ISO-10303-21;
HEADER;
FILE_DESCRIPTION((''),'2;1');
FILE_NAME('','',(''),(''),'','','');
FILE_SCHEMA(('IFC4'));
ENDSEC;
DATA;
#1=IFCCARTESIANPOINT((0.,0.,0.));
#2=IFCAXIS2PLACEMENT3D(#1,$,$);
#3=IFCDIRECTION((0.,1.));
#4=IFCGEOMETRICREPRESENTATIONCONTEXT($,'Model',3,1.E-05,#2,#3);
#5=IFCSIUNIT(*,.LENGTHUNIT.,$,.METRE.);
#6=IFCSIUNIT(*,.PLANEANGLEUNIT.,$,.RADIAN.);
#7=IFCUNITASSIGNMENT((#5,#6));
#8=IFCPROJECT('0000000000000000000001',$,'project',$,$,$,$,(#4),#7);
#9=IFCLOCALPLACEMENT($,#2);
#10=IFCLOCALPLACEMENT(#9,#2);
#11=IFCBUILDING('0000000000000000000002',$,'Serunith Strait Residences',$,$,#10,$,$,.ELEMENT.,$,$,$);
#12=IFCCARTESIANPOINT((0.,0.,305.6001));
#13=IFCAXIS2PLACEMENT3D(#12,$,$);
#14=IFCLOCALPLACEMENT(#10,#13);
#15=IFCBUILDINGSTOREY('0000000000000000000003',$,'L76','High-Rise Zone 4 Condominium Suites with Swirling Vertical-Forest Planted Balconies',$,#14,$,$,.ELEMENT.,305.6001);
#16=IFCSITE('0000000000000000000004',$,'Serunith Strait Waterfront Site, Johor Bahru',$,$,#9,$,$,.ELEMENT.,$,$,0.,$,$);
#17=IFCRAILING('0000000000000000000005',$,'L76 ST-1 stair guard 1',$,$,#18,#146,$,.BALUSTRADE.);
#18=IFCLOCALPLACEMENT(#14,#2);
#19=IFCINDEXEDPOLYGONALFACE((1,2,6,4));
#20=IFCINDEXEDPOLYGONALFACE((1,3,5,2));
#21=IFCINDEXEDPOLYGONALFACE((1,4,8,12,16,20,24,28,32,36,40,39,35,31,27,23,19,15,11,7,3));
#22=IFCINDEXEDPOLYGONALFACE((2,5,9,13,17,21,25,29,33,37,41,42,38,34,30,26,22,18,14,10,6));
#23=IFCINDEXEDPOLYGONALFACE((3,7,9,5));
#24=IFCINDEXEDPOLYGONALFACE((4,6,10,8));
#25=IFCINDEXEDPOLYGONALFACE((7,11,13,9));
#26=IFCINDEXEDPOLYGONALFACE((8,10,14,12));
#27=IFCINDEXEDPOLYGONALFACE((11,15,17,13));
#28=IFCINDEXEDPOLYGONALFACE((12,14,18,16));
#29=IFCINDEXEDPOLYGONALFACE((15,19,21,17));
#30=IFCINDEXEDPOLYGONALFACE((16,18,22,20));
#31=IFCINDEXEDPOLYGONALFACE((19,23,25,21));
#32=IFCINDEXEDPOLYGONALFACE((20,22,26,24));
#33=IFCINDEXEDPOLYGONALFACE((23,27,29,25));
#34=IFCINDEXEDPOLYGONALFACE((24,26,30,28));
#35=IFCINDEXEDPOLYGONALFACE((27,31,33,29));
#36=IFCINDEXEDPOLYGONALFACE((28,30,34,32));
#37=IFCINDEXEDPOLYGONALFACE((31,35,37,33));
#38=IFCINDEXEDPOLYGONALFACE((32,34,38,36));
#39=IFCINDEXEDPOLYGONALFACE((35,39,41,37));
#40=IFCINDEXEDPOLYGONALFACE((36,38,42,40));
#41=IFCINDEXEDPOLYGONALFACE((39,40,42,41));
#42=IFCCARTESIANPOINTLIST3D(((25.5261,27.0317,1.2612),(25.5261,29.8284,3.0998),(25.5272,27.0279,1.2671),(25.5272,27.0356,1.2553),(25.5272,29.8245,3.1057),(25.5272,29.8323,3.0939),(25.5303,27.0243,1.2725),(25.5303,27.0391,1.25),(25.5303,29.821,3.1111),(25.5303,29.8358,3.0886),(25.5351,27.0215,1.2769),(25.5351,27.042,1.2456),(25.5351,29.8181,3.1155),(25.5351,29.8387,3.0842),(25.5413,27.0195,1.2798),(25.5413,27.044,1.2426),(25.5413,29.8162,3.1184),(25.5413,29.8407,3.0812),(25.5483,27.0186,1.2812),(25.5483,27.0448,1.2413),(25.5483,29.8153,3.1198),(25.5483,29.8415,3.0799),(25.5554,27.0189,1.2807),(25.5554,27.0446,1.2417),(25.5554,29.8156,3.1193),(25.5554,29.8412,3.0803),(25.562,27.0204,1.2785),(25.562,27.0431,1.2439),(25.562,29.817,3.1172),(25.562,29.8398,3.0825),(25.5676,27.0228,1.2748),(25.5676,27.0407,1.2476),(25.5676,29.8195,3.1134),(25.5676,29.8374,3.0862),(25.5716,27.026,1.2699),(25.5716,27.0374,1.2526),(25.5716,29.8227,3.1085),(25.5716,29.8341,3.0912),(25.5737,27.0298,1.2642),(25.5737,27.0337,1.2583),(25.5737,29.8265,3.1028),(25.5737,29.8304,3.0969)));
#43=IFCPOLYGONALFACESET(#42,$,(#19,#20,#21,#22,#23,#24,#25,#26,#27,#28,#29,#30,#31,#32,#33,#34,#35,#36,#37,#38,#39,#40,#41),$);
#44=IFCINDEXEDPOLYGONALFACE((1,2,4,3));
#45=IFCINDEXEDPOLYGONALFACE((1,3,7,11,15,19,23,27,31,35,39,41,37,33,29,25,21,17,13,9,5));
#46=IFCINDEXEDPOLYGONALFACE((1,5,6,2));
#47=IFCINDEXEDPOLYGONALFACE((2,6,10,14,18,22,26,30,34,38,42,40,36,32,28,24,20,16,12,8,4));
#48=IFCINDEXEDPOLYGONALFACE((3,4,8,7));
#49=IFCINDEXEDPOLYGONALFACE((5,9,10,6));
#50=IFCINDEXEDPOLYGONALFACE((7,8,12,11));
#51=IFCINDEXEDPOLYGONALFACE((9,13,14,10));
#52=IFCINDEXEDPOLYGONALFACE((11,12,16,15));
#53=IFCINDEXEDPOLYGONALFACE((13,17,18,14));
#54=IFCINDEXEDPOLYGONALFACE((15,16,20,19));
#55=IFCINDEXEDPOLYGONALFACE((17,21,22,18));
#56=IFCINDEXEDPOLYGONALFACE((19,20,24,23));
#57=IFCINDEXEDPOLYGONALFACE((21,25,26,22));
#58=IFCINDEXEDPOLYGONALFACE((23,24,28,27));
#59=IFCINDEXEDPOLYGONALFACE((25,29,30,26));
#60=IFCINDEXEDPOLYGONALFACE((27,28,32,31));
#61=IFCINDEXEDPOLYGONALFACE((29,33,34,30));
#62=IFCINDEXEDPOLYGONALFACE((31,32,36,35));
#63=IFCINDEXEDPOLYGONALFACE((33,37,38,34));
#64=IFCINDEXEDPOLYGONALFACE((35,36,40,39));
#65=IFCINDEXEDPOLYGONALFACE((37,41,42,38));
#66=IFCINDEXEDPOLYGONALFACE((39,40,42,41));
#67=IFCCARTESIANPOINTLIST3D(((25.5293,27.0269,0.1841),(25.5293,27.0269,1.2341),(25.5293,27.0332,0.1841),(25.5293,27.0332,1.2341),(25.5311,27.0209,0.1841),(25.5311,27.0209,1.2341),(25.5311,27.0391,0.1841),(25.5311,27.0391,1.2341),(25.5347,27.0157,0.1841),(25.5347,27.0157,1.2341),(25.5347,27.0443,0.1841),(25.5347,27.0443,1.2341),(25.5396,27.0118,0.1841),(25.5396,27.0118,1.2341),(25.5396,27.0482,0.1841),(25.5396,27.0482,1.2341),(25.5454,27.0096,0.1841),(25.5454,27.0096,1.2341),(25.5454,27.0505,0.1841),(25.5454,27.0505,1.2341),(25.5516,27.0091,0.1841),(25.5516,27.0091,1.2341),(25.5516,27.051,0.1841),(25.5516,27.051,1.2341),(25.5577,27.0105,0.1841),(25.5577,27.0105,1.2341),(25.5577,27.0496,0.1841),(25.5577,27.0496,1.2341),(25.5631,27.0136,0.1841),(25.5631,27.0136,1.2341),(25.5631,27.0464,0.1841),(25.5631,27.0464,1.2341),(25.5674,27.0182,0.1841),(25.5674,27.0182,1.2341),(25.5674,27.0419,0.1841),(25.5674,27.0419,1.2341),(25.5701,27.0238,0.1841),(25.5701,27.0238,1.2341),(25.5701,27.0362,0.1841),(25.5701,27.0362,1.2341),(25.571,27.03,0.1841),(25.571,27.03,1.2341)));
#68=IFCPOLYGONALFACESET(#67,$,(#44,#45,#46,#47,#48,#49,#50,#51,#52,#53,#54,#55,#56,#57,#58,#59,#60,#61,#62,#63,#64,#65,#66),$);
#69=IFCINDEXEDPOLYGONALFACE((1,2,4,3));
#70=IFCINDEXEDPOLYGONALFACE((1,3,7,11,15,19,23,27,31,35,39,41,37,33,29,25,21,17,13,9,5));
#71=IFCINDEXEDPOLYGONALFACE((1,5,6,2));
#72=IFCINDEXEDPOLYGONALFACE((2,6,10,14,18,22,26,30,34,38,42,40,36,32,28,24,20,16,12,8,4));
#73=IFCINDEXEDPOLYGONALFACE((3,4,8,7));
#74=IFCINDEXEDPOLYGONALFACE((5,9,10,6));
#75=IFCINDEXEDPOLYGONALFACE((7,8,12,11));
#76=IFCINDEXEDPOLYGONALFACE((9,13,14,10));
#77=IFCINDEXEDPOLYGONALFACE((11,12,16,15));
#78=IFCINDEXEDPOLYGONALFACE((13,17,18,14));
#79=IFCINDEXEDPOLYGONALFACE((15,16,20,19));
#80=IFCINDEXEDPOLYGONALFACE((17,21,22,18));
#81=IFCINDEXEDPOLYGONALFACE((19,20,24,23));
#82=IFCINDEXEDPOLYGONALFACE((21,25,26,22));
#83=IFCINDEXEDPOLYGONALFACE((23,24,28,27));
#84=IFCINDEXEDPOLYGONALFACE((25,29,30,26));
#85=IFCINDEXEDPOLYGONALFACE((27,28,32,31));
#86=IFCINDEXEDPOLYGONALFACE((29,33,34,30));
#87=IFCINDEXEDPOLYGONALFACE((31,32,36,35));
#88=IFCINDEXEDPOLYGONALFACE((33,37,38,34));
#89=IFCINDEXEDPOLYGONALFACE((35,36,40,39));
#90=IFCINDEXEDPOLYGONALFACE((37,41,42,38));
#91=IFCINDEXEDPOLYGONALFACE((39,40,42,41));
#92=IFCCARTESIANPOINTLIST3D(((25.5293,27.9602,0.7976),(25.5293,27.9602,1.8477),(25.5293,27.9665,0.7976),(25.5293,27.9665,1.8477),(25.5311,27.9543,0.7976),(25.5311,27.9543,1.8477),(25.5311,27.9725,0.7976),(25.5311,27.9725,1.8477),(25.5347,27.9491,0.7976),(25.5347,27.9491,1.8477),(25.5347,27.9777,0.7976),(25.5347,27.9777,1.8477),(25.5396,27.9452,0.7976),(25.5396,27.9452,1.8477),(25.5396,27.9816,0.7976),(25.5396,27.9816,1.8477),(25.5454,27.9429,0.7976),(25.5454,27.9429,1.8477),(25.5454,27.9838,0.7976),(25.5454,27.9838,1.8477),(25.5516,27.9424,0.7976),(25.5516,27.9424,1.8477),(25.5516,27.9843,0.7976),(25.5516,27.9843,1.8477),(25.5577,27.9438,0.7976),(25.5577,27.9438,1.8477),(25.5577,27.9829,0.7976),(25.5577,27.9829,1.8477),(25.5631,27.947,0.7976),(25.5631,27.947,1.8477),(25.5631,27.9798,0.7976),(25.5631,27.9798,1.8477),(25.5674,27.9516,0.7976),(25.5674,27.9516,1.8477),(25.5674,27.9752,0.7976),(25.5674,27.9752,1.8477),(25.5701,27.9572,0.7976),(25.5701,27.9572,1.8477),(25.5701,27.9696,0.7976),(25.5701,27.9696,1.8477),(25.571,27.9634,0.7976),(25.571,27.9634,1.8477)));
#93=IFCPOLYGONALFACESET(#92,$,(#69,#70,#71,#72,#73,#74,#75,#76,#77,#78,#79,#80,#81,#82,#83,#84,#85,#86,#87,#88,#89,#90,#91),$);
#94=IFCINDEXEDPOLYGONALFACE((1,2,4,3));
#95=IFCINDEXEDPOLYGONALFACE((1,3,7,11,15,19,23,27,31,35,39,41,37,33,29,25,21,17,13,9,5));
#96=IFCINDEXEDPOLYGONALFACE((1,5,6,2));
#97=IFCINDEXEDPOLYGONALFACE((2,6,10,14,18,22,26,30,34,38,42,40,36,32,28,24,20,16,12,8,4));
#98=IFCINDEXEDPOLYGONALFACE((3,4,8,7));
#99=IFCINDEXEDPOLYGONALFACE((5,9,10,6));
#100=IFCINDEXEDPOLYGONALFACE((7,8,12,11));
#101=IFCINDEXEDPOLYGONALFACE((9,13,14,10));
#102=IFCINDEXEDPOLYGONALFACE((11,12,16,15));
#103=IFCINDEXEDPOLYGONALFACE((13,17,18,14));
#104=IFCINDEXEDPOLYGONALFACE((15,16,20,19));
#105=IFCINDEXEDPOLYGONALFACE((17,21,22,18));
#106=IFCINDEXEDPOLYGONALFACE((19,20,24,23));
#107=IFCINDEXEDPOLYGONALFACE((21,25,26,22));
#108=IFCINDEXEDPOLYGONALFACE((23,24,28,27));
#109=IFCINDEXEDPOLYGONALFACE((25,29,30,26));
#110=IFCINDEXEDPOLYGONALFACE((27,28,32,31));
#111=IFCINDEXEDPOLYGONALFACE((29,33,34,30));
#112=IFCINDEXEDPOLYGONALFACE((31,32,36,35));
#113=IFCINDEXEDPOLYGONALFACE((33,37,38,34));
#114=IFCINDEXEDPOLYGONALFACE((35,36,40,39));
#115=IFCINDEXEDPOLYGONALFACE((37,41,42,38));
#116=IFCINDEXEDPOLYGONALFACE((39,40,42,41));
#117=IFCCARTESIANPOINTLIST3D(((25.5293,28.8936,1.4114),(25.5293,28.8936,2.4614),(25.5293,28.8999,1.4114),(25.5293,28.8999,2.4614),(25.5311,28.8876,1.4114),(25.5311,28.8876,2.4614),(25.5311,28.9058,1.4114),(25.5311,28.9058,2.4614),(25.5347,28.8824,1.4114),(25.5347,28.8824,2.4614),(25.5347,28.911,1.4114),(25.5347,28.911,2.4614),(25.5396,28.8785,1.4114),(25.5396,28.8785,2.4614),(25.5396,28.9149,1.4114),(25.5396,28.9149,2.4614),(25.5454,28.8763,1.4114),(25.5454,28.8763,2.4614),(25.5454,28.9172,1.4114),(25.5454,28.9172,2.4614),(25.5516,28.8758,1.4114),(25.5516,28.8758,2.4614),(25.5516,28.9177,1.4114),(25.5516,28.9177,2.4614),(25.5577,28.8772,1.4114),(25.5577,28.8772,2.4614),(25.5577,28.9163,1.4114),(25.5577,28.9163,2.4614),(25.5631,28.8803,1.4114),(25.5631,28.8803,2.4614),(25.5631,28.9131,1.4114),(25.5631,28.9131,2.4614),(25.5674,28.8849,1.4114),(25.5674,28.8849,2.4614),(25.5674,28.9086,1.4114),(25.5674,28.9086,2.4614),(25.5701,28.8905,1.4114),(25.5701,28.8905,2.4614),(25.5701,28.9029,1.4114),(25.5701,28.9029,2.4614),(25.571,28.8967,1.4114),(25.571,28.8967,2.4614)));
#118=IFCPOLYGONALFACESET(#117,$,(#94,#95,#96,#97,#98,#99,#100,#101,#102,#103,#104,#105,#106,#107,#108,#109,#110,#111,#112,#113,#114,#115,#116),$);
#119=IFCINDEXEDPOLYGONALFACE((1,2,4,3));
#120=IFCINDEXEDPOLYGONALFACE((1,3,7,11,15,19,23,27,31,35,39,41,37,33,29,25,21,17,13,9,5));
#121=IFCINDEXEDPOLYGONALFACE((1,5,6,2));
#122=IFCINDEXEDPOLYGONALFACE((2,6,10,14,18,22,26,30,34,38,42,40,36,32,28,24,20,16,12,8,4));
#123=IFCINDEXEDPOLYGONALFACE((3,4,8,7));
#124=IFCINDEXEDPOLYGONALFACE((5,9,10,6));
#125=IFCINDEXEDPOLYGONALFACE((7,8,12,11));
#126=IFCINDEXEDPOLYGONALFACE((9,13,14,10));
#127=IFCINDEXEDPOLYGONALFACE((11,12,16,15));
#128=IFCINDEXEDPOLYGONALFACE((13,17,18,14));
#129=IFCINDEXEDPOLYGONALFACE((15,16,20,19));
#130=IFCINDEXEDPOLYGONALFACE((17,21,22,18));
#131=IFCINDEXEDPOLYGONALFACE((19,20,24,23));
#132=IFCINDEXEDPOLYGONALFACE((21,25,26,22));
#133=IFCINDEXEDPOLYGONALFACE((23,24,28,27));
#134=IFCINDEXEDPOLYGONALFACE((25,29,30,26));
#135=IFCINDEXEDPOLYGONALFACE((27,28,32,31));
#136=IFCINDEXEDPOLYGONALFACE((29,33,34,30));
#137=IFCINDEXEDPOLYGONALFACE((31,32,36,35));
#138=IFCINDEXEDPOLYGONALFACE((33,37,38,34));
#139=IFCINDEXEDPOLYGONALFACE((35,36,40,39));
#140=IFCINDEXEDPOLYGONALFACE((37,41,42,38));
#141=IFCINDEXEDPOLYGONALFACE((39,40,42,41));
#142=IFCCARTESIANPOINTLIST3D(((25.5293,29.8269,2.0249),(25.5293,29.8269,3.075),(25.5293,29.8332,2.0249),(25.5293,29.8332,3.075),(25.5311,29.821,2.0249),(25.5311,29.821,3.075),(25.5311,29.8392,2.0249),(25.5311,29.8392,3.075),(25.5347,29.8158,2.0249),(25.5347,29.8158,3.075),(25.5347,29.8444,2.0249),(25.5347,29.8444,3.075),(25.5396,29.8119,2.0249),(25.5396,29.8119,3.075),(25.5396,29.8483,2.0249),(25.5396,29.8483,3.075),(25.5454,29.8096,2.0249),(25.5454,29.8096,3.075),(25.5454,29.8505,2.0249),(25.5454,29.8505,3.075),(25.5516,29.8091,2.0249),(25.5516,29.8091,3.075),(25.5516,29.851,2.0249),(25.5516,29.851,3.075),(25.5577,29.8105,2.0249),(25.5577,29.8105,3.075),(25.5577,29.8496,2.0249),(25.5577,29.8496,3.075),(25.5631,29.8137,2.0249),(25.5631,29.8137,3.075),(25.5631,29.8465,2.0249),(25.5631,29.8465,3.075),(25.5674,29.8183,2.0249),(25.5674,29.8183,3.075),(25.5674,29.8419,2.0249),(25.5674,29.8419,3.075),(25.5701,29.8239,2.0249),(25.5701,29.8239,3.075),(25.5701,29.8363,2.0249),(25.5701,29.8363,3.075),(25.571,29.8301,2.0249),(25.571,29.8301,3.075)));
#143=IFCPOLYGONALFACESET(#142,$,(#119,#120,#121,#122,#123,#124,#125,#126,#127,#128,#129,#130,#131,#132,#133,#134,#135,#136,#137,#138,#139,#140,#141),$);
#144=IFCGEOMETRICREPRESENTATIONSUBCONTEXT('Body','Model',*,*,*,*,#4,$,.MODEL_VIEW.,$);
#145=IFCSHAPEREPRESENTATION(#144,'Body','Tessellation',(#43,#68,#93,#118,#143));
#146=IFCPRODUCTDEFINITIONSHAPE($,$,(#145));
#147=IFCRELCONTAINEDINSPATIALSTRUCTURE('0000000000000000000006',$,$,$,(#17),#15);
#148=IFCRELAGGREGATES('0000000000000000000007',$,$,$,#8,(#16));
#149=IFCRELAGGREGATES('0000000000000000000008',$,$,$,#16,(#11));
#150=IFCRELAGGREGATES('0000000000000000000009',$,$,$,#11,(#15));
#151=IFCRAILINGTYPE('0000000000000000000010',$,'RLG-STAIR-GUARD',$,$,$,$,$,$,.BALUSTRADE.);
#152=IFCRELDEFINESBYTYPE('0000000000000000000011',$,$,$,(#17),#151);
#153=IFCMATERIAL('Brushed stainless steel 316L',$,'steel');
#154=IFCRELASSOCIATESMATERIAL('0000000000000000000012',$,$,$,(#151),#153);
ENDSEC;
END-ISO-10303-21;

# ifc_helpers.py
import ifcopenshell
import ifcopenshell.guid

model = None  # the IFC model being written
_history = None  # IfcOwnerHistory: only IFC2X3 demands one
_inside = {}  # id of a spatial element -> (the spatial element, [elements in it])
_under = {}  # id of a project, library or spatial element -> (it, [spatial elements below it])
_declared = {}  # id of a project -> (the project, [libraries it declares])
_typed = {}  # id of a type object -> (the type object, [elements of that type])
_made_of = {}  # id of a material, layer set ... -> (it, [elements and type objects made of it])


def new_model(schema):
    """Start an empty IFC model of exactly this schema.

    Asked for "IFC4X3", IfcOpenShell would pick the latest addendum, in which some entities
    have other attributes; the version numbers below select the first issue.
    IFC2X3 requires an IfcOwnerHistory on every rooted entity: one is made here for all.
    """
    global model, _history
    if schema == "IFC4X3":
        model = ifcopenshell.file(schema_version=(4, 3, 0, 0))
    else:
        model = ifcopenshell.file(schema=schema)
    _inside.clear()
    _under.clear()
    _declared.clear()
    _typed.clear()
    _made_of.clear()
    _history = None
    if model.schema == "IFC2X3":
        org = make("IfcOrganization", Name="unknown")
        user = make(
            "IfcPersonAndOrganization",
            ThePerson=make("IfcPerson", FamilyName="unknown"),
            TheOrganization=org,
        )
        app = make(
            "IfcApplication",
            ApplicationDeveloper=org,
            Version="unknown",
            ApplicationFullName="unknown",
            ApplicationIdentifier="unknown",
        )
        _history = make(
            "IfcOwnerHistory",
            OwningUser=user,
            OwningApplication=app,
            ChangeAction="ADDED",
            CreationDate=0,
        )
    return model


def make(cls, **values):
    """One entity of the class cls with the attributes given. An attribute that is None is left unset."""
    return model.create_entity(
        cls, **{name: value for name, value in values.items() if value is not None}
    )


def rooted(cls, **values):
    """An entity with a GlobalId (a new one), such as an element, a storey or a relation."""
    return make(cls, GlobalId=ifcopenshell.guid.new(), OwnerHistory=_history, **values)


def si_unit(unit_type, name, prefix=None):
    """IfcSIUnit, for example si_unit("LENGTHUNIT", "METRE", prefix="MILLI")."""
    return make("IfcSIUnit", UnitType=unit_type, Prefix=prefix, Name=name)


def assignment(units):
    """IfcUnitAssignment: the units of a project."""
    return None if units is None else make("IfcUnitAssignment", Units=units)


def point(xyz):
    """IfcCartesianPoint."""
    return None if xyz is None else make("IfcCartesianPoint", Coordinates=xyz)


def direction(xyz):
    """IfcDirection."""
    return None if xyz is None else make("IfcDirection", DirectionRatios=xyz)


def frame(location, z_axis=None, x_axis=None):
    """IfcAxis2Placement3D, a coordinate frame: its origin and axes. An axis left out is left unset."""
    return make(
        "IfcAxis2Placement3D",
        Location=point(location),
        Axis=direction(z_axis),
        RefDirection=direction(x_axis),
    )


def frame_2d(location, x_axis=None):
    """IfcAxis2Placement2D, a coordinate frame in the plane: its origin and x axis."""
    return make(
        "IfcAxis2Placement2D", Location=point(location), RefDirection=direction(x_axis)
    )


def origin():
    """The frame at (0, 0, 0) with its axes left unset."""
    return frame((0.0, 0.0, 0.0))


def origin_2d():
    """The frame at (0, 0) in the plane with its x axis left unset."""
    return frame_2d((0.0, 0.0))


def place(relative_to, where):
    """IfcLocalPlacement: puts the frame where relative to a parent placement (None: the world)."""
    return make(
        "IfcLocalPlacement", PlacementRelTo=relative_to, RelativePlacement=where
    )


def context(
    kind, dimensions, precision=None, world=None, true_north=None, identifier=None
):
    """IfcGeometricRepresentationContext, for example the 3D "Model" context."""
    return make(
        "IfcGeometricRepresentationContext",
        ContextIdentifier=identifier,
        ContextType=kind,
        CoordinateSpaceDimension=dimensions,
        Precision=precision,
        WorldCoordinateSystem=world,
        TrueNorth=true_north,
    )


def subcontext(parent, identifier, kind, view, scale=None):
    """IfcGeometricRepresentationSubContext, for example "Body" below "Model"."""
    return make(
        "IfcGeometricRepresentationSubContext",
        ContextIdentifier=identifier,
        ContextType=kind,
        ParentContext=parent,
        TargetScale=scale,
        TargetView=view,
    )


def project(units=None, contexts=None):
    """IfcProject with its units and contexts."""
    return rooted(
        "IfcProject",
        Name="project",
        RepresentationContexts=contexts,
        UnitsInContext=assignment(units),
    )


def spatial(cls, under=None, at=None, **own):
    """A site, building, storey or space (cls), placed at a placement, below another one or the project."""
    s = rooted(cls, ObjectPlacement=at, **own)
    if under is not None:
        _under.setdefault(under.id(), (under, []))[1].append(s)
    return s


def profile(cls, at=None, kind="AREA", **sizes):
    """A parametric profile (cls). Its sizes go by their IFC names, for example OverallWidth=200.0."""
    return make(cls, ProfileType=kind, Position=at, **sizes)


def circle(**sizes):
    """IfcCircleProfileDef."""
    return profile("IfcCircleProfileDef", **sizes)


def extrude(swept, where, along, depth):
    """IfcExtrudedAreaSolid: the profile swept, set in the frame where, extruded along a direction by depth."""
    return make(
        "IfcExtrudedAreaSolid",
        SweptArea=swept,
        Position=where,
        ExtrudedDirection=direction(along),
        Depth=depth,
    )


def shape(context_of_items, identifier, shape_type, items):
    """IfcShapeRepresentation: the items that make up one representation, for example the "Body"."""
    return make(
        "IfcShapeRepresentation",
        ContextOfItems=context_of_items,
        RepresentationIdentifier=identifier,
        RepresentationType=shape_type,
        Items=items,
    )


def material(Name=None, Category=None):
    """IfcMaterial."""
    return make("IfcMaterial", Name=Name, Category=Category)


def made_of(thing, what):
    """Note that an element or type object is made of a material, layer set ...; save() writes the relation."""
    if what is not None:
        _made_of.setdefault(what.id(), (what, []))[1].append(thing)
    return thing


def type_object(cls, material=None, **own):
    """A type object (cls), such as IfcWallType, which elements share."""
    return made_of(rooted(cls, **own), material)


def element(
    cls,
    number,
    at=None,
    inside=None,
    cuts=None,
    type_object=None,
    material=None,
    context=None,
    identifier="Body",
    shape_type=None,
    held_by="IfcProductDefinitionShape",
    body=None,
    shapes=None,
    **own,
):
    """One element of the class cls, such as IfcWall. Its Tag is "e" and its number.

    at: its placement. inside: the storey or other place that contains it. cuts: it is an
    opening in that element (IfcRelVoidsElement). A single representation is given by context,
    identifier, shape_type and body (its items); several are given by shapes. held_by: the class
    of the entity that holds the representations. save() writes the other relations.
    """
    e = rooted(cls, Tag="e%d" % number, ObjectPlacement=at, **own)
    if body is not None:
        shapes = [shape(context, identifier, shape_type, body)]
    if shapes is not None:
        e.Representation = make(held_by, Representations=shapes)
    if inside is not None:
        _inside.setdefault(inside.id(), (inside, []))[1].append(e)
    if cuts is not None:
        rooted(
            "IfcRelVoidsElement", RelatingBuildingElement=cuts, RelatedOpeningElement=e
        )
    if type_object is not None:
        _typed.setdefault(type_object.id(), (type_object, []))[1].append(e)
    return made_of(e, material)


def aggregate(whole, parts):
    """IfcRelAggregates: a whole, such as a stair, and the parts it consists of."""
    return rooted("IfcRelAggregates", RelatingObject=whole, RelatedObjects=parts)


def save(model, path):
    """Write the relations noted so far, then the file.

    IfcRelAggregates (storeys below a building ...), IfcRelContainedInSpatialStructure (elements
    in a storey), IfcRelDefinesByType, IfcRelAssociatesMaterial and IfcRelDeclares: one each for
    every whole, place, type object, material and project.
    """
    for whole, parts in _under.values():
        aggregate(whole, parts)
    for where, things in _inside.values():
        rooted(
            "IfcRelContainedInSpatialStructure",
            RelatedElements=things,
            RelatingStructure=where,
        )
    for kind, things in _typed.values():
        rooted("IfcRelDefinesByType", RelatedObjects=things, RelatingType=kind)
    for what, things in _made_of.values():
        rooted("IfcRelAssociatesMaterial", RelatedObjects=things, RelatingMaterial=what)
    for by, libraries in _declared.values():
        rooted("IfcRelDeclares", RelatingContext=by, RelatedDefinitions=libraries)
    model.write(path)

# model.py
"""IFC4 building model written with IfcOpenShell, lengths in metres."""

from ifc_helpers import new_model, si_unit, direction, frame, origin, origin_2d, place, context, subcontext, project, spatial, circle, extrude, material, type_object, element, save


model = new_model("IFC4")

# Units and contexts
model_context = context("Model", 3, precision=1e-05, world=origin(), true_north=direction((0.0, 1.0)))
body_context = subcontext(model_context, "Body", "Model", "MODEL_VIEW")
ifc_project = project(units=[si_unit("LENGTHUNIT", "METRE"), si_unit("PLANEANGLEUNIT", "RADIAN")], contexts=[model_context])

# Site, building, storey
site_placement = place(None, origin())
site = spatial("IfcSite", under=ifc_project, at=site_placement, Name="Serunith Strait Waterfront Site, Johor Bahru", CompositionType="ELEMENT", RefElevation=0.0)
building_placement = place(site_placement, origin())
building = spatial("IfcBuilding", under=site, at=building_placement, Name="Serunith Strait Residences", CompositionType="ELEMENT")
storey_placement = place(building_placement, frame((0.0, 0.0, 305.6001)))
storey = spatial("IfcBuildingStorey", under=building, at=storey_placement, Name="L76", Description="High-Rise Zone 4 Condominium Suites with Swirling Vertical-Forest Planted Balconies", CompositionType="ELEMENT", Elevation=305.6001)

# Railing
ifc_material_1 = material(Name="Brushed stainless steel 316L", Category="steel")
railing_type_1 = type_object("IfcRailingType", Name="RLG-STAIR-GUARD", PredefinedType="BALUSTRADE", material=ifc_material_1)
railing_1_placement = place(storey_placement, frame((25.55, 27.03, 0.1841)))
element("IfcRailing", 1, at=railing_1_placement, inside=storey, type_object=railing_type_1, Name="L76 ST-1 stair guard 1", PredefinedType="BALUSTRADE", context=body_context, shape_type="SweptSolid", body=[
    extrude(circle(Radius=0.0239, at=origin_2d()), frame((0.0, 0.0017, 1.0771), z_axis=(0.0, 0.835598, 0.549342), x_axis=(-1.0, 0.0, 0.0)), (0.0, 0.0, 1.0), 3.3469),
    extrude(circle(Radius=0.021, at=origin_2d()), origin(), (0.0, 0.0, 1.0), 1.05),
    extrude(circle(Radius=0.021, at=origin_2d()), frame((0.0, 0.9333, 0.6135)), (0.0, 0.0, 1.0), 1.05),
    extrude(circle(Radius=0.021, at=origin_2d()), frame((0.0, 1.8667, 1.2273)), (0.0, 0.0, 1.0), 1.05),
    extrude(circle(Radius=0.021, at=origin_2d()), frame((0.0, 2.8, 1.8408)), (0.0, 0.0, 1.0), 1.05),
])

save(model, "model.ifc")
